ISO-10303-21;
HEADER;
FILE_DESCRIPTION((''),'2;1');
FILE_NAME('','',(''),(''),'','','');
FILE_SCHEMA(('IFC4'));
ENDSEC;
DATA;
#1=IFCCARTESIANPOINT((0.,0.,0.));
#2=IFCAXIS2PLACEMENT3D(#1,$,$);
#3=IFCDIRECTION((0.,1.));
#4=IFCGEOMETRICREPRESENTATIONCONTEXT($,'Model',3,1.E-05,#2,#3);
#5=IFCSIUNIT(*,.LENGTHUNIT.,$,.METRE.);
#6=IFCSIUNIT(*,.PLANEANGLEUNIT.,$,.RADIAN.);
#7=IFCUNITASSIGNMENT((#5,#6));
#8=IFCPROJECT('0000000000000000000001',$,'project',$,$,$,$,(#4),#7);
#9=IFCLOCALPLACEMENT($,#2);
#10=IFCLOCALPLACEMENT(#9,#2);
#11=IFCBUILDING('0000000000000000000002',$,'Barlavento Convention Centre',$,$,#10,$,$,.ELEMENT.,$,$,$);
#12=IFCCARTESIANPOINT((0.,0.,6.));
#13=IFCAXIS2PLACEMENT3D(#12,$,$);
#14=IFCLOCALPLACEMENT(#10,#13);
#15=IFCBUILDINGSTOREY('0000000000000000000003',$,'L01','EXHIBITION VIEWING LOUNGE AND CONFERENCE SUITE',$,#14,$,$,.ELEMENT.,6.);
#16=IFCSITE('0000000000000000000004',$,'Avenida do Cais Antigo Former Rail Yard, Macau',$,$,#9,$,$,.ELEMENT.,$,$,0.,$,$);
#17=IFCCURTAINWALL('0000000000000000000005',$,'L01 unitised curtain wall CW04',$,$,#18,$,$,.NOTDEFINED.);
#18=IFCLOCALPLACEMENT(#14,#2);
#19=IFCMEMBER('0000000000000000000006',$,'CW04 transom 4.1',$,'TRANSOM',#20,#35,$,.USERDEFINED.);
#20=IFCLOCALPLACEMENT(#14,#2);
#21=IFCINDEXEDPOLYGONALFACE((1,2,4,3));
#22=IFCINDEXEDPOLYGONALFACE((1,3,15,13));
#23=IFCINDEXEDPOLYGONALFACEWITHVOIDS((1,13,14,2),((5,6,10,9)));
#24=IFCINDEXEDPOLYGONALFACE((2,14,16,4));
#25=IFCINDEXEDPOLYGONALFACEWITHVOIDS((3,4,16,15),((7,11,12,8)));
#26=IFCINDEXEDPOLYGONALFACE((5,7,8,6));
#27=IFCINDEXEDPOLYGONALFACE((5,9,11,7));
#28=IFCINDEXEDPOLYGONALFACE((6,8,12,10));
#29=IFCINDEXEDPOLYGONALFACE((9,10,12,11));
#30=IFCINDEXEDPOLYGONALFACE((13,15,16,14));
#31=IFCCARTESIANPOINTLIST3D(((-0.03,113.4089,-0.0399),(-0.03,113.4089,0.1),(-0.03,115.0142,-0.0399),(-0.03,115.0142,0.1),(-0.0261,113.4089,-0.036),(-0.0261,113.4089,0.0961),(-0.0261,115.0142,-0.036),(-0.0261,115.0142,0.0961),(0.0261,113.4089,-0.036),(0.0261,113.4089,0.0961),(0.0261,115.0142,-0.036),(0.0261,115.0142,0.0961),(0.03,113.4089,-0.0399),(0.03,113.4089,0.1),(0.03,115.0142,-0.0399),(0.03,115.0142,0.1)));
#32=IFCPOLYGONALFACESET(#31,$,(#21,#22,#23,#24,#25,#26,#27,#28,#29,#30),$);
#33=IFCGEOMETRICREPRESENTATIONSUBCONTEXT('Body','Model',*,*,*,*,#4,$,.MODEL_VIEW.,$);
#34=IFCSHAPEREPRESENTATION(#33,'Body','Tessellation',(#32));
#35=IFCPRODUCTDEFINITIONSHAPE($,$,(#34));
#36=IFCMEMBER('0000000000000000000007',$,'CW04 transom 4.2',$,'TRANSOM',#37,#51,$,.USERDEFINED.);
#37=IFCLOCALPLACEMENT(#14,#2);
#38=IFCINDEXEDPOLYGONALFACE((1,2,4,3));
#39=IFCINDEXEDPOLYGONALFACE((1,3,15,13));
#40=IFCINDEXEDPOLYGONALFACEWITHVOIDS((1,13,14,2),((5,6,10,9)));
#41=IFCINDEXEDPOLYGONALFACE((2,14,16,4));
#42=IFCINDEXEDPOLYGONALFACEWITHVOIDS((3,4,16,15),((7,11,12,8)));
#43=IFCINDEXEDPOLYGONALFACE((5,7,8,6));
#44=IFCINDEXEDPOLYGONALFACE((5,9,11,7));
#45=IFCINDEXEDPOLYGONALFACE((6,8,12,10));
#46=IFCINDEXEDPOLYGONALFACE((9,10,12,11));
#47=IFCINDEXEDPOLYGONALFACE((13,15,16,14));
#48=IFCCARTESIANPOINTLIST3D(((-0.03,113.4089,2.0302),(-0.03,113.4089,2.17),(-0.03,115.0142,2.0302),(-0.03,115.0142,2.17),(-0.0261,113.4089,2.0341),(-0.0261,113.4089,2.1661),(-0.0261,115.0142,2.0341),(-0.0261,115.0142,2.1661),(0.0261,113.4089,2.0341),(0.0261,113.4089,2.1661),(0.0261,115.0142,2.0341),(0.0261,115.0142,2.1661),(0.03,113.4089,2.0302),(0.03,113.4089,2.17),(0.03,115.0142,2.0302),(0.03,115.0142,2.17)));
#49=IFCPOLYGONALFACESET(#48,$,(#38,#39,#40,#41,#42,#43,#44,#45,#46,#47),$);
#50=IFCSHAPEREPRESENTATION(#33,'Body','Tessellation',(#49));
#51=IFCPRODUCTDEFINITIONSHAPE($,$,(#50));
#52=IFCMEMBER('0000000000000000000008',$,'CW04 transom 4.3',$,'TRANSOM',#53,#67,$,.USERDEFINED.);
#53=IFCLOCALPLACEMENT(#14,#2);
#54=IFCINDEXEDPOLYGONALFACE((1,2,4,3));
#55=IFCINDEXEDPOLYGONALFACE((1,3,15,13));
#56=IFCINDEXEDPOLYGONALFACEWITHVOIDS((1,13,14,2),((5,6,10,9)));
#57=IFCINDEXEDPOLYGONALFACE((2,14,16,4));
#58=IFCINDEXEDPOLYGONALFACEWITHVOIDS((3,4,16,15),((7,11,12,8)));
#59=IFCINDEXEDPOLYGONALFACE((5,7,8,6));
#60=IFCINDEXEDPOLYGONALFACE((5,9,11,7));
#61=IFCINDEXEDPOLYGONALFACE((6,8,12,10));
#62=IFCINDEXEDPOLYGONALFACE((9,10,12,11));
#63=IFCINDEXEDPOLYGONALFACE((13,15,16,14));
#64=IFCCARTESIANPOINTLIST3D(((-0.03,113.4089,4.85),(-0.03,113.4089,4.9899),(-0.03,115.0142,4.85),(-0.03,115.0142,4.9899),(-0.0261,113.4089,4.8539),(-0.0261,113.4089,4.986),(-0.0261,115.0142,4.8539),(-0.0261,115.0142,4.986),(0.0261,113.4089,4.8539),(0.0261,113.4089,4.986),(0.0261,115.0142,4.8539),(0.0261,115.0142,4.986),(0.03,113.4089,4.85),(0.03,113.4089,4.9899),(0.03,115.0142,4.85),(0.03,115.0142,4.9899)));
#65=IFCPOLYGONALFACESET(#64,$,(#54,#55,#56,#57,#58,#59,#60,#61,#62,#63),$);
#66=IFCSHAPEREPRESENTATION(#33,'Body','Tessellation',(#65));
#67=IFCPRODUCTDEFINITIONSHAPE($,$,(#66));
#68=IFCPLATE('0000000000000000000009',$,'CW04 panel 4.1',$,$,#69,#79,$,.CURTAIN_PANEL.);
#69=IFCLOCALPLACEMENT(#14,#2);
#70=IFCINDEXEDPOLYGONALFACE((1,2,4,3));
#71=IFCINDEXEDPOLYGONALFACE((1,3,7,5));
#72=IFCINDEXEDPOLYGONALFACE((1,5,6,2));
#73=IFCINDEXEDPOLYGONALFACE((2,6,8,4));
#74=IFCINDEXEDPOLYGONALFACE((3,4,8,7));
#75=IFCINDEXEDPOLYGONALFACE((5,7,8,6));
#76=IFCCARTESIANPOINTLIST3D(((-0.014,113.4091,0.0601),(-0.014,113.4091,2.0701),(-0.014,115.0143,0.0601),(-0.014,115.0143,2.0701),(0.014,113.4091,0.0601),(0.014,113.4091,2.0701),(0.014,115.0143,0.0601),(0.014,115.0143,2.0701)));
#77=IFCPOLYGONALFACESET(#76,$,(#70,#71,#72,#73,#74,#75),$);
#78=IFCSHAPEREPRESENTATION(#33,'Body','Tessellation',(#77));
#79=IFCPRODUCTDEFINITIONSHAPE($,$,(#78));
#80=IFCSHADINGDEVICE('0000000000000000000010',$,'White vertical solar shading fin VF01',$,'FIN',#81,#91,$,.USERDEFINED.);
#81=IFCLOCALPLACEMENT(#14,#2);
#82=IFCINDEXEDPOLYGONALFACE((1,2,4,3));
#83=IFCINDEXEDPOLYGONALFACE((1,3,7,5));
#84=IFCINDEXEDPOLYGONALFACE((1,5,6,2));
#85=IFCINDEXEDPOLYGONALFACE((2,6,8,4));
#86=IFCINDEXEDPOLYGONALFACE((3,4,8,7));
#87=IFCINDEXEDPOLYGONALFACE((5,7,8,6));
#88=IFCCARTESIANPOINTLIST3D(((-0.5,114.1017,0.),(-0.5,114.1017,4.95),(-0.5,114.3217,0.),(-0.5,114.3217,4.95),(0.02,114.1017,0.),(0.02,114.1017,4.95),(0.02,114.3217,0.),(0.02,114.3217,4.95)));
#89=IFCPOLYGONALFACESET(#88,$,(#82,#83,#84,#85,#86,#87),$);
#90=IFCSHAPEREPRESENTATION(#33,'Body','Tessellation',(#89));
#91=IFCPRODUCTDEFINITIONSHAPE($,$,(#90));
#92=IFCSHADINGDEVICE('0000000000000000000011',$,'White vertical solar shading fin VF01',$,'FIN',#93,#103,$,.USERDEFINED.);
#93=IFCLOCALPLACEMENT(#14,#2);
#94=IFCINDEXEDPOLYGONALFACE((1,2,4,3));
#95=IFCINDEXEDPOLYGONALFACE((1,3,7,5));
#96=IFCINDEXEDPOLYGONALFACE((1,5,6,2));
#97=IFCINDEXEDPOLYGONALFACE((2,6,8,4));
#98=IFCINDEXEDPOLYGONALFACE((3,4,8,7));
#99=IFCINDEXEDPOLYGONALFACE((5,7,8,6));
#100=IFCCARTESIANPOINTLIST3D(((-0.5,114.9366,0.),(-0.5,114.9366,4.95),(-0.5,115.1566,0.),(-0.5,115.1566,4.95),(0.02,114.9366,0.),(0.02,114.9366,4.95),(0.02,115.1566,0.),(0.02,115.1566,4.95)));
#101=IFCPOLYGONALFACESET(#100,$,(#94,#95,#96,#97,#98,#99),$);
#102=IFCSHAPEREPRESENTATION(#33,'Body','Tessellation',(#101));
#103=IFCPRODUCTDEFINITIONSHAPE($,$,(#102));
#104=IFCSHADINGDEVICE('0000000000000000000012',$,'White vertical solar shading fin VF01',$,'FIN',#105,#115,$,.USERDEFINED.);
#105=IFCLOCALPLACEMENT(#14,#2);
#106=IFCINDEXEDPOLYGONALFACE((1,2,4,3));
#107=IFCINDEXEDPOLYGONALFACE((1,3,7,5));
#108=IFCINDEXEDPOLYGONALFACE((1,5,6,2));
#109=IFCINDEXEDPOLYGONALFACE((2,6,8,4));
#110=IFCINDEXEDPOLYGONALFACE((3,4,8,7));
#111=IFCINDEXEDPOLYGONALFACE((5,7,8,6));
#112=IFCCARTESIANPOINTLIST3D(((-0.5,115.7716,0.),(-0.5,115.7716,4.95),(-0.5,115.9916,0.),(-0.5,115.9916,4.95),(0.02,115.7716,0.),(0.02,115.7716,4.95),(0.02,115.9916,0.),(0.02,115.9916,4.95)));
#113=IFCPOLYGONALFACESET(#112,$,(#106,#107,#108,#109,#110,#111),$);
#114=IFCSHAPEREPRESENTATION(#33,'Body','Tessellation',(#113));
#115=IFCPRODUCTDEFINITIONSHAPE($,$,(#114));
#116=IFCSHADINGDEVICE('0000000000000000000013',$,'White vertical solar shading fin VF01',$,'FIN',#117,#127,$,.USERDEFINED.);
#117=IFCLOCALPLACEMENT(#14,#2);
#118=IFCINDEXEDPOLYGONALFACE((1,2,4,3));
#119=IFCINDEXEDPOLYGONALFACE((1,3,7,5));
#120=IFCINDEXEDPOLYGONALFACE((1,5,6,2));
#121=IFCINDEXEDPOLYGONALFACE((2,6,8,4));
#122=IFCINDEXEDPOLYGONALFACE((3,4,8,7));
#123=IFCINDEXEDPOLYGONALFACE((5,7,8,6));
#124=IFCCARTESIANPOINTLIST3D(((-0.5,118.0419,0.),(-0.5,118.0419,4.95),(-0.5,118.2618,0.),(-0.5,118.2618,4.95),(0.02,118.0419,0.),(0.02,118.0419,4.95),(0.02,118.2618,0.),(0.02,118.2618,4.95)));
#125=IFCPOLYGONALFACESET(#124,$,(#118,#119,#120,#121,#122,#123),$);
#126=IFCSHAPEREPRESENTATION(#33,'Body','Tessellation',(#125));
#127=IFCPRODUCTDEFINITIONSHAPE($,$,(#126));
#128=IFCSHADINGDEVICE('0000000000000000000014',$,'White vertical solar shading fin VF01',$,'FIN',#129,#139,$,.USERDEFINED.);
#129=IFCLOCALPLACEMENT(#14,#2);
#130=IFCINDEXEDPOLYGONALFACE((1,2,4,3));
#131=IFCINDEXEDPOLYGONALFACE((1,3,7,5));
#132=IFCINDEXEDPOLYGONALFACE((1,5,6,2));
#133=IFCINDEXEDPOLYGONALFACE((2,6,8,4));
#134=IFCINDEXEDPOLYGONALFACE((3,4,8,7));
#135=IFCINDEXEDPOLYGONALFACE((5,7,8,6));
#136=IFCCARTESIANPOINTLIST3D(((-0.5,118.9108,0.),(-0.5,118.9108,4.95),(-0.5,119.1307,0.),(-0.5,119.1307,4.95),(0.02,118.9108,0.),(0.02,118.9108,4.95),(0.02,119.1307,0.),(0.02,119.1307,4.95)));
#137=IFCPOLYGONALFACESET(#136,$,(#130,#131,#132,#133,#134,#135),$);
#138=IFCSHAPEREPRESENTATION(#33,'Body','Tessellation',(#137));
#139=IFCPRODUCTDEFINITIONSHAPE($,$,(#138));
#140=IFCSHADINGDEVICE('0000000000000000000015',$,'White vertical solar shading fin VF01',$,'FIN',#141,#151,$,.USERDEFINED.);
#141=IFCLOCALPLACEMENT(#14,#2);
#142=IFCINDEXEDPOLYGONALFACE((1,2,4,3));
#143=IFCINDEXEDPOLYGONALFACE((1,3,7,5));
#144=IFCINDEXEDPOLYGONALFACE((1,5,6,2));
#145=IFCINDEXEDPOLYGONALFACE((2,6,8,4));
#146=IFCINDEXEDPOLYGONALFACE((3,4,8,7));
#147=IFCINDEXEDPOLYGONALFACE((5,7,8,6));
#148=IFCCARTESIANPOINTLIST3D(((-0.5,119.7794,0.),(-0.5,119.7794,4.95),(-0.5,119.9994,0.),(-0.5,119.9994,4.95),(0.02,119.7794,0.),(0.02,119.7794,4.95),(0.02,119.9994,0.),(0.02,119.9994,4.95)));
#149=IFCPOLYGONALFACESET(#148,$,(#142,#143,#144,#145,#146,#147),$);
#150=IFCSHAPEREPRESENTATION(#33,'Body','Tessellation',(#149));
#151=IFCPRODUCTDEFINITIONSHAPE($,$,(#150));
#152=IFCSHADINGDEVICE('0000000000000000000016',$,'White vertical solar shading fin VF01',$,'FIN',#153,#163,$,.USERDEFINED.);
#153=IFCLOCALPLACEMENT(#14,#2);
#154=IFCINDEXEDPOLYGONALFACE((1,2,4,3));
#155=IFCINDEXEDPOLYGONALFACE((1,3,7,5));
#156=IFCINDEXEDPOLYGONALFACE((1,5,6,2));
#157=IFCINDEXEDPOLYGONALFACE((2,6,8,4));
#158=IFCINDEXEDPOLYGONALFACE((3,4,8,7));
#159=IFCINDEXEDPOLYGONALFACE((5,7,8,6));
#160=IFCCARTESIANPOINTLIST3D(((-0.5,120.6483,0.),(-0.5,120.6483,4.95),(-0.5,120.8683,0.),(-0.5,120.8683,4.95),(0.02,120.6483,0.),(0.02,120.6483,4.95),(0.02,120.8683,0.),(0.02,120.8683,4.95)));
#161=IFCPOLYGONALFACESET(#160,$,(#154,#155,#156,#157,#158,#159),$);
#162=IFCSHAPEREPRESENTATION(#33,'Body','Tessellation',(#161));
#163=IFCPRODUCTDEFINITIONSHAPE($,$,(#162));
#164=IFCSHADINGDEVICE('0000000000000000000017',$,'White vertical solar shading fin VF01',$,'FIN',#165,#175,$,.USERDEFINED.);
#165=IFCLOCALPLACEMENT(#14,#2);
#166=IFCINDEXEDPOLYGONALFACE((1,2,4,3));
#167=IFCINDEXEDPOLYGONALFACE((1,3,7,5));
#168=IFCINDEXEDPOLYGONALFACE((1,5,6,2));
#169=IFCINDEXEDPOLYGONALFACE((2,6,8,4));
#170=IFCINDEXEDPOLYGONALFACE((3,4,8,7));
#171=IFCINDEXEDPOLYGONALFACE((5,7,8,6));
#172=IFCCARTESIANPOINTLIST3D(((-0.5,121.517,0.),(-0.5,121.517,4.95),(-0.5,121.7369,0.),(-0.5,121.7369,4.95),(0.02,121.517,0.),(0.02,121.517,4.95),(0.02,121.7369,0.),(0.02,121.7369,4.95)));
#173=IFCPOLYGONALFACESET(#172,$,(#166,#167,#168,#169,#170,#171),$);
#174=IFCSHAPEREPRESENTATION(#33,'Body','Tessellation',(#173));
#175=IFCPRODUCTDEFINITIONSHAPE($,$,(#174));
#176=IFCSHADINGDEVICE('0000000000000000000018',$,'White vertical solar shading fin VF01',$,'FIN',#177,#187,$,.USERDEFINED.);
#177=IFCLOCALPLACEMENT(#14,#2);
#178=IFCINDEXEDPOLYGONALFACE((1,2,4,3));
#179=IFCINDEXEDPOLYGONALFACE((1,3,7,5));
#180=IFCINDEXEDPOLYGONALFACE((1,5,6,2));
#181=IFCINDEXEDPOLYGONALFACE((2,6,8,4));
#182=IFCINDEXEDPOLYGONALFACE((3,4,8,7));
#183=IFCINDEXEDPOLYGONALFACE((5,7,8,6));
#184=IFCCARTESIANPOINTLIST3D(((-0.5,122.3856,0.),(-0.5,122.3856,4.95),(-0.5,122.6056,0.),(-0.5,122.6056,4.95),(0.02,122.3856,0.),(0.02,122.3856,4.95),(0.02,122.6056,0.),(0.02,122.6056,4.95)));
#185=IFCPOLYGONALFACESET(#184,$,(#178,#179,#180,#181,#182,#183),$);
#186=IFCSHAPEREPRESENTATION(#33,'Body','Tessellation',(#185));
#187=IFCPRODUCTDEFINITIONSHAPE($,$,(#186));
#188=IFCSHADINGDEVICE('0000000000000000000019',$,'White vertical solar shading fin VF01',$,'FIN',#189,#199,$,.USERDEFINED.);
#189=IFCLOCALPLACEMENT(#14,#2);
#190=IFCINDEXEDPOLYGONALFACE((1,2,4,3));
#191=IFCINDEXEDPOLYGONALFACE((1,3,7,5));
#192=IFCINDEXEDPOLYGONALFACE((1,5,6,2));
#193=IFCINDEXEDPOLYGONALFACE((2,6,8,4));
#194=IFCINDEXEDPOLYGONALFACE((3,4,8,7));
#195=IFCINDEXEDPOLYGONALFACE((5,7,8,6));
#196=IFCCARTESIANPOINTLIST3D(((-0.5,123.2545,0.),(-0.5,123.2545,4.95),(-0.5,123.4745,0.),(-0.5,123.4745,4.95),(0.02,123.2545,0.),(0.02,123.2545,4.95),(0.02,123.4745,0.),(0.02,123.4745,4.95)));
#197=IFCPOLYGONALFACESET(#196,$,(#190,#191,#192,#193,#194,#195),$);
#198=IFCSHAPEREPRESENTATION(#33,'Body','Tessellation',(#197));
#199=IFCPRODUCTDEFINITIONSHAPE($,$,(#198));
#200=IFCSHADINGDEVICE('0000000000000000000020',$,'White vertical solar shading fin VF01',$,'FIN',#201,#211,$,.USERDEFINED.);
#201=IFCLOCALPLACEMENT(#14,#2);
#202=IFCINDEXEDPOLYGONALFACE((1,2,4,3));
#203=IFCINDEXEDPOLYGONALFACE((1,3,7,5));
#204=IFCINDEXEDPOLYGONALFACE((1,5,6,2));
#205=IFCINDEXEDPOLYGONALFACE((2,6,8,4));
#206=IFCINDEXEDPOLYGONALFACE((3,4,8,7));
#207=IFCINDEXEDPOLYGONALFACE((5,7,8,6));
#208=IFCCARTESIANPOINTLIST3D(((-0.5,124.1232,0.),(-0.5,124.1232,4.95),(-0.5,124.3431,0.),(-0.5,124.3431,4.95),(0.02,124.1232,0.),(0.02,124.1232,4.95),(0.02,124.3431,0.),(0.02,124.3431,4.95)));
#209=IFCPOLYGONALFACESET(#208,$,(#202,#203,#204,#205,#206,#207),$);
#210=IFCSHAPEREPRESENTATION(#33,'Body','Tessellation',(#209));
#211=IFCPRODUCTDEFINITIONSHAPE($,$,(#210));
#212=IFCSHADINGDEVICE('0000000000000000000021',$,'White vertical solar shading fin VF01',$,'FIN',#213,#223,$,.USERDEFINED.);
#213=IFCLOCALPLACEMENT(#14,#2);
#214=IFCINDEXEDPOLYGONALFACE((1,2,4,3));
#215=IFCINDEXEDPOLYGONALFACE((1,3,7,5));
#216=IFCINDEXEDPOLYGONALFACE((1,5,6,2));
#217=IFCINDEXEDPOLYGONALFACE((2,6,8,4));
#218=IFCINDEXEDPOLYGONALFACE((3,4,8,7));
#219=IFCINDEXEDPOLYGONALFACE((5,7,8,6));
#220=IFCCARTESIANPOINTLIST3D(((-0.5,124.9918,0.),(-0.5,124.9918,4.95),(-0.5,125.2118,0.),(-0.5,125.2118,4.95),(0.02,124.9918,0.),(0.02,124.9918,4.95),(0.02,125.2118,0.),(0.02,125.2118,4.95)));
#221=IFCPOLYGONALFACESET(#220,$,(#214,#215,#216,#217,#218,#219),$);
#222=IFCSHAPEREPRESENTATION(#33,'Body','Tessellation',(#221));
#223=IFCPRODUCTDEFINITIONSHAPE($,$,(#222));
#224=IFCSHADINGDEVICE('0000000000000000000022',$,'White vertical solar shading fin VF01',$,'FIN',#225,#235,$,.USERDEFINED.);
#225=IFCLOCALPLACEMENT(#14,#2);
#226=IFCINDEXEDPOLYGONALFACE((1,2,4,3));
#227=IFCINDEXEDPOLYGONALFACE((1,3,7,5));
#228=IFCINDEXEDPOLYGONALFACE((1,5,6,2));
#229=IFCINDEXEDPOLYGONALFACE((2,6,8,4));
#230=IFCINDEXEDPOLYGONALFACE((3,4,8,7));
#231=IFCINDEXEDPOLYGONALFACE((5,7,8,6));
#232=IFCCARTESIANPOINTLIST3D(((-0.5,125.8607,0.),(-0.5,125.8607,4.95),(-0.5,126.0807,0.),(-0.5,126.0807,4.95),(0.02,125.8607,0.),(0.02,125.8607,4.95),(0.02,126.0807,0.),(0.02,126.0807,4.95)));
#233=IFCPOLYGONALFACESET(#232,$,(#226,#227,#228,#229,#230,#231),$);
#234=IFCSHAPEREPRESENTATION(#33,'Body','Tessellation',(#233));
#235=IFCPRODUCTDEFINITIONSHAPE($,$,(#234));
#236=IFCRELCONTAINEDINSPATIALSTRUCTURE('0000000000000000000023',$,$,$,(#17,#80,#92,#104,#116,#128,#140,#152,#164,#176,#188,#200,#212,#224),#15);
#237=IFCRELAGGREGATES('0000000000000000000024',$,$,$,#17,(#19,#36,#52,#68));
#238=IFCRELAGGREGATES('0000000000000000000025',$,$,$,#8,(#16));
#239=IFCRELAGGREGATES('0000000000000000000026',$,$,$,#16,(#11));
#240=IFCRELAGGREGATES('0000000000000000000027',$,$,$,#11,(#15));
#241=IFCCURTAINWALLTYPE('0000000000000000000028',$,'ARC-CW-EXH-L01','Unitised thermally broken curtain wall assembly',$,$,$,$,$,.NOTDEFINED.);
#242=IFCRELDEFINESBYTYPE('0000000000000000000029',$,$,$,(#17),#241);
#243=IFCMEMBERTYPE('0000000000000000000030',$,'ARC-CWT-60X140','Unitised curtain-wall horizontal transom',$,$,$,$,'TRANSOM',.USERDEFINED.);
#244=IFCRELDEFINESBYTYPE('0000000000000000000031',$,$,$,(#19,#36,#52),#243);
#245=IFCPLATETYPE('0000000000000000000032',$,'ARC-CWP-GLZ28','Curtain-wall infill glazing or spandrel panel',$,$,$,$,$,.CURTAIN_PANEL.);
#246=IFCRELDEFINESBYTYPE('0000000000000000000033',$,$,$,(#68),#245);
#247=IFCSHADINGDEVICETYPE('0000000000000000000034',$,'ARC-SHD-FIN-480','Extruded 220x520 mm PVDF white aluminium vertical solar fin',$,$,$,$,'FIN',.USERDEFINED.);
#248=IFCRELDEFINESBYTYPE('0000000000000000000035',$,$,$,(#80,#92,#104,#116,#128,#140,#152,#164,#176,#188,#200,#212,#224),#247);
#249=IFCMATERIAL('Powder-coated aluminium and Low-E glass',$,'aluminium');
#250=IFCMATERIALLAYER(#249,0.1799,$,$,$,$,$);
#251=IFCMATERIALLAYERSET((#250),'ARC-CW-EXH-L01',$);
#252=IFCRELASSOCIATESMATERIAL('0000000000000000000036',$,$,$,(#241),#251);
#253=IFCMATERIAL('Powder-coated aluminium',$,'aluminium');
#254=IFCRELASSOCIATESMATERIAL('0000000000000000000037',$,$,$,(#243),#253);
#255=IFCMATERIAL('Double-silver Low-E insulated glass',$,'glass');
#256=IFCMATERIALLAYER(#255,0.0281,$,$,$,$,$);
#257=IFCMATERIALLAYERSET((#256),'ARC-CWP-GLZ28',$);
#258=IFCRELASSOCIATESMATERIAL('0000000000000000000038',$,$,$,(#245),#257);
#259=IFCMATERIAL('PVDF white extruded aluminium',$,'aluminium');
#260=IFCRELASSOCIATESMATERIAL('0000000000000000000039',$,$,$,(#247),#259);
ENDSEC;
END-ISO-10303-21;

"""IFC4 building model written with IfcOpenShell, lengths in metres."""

from ifc_helpers import new_model, si_unit, direction, frame, origin, origin_2d, place, context, subcontext, project, spatial, rectangle, hollow_rectangle, extrude, material, layer, layer_set, material_profile, profile_set, type_object, element, aggregate, save


model = new_model("IFC4")

# Units and contexts
model_context = context("Model", 3, precision=1e-05, world=origin(), true_north=direction((0.0, 1.0)))
body_context = subcontext(model_context, "Body", "Model", "MODEL_VIEW")
ifc_project = project(units=[si_unit("LENGTHUNIT", "METRE"), si_unit("PLANEANGLEUNIT", "RADIAN")], contexts=[model_context])

# Site, building, storey
site_placement = place(None, origin())
site = spatial("IfcSite", under=ifc_project, at=site_placement, Name="Avenida do Cais Antigo Former Rail Yard, Macau", CompositionType="ELEMENT", RefElevation=0.0)
building_placement = place(site_placement, origin())
building = spatial("IfcBuilding", under=site, at=building_placement, Name="Barlavento Convention Centre", CompositionType="ELEMENT")
storey_placement = place(building_placement, frame((0.0, 0.0, 6.0)))
storey = spatial("IfcBuildingStorey", under=building, at=storey_placement, Name="L01", Description="EXHIBITION VIEWING LOUNGE AND CONFERENCE SUITE", CompositionType="ELEMENT", Elevation=6.0)

# Curtain wall, members, plate
ifc_material_1 = material(Name="Powder-coated aluminium and Low-E glass", Category="aluminium")
ifc_layer_1 = layer(ifc_material_1, 0.1799)
ifc_layer_set_1 = layer_set([ifc_layer_1], Name="ARC-CW-EXH-L01")
curtain_wall_type = type_object("IfcCurtainWallType", Name="ARC-CW-EXH-L01", Description="Unitised thermally broken curtain wall assembly", PredefinedType="NOTDEFINED", material=ifc_layer_set_1)
curtain_wall_placement = place(storey_placement, origin())
curtain_wall = element("IfcCurtainWall", 1, at=curtain_wall_placement, inside=storey, type_object=curtain_wall_type, Name="L01 unitised curtain wall CW04", PredefinedType="NOTDEFINED")
ifc_material_2 = material(Name="Powder-coated aluminium", Category="aluminium")
ifc_material_profile = material_profile(ifc_material_2, hollow_rectangle(XDim=0.0601, YDim=0.1399, WallThickness=0.0039, at=origin_2d()), Name="AL-TRAN 60x140x4")
ifc_profile_set = profile_set([ifc_material_profile], Name="Powder-coated aluminium")
member_type = type_object("IfcMemberType", Name="ARC-CWT-60X140", Description="Unitised curtain-wall horizontal transom", ElementType="TRANSOM", PredefinedType="USERDEFINED", material=ifc_profile_set)
member_1_placement = place(storey_placement, frame((0.0, 113.4089, 0.03), z_axis=(0.0, 1.0, 0.0), x_axis=(-1.0, 0.0, 0.0)))
member_1 = element("IfcMember", 2, at=member_1_placement, type_object=member_type, Name="CW04 transom 4.1", ObjectType="TRANSOM", PredefinedType="USERDEFINED", context=body_context, shape_type="SweptSolid", body=[
    extrude(hollow_rectangle(XDim=0.0601, YDim=0.1399, WallThickness=0.0039, at=origin_2d()), origin(), (0.0, 0.0, 1.0), 1.6052),
])
member_2_placement = place(storey_placement, frame((0.0, 113.4089, 2.1001), z_axis=(0.0, 1.0, 0.0), x_axis=(-1.0, 0.0, 0.0)))
member_2 = element("IfcMember", 3, at=member_2_placement, type_object=member_type, Name="CW04 transom 4.2", ObjectType="TRANSOM", PredefinedType="USERDEFINED", context=body_context, shape_type="SweptSolid", body=[
    extrude(hollow_rectangle(XDim=0.0601, YDim=0.1399, WallThickness=0.0039, at=origin_2d()), origin(), (0.0, 0.0, 1.0), 1.6052),
])
member_3_placement = place(storey_placement, frame((0.0, 113.4089, 4.9199), z_axis=(0.0, 1.0, 0.0), x_axis=(-1.0, 0.0, 0.0)))
member_3 = element("IfcMember", 4, at=member_3_placement, type_object=member_type, Name="CW04 transom 4.3", ObjectType="TRANSOM", PredefinedType="USERDEFINED", context=body_context, shape_type="SweptSolid", body=[
    extrude(hollow_rectangle(XDim=0.0601, YDim=0.1399, WallThickness=0.0039, at=origin_2d()), origin(), (0.0, 0.0, 1.0), 1.6052),
])
ifc_material_3 = material(Name="Double-silver Low-E insulated glass", Category="glass")
ifc_layer_2 = layer(ifc_material_3, 0.0281)
ifc_layer_set_2 = layer_set([ifc_layer_2], Name="ARC-CWP-GLZ28")
plate_type = type_object("IfcPlateType", Name="ARC-CWP-GLZ28", Description="Curtain-wall infill glazing or spandrel panel", PredefinedType="CURTAIN_PANEL", material=ifc_layer_set_2)
plate_placement = place(storey_placement, frame((0.0, 114.2117, 0.0601), z_axis=(0.0, 0.0, 1.0), x_axis=(0.0, 1.0, 0.0)))
plate = element("IfcPlate", 5, at=plate_placement, type_object=plate_type, Name="CW04 panel 4.1", PredefinedType="CURTAIN_PANEL", context=body_context, shape_type="SweptSolid", body=[
    extrude(rectangle(XDim=1.6052, YDim=0.0281, at=origin_2d()), origin(), (0.0, 0.0, 1.0), 2.01),
])
aggregate(curtain_wall, [member_1, member_2, member_3, plate])

# Shading devices
ifc_material_4 = material(Name="PVDF white extruded aluminium", Category="aluminium")
shading_device_type = type_object("IfcShadingDeviceType", Name="ARC-SHD-FIN-480", Description="Extruded 220x520 mm PVDF white aluminium vertical solar fin", ElementType="FIN", PredefinedType="USERDEFINED", material=ifc_material_4)
for number, where, z_axis, x_axis, name in (
    (6, (-0.24, 114.2117, 0.0), (0.0, 0.0, 1.0), (0.0, 1.0, 0.0), "White vertical solar shading fin VF01"),
    (7, (-0.24, 115.0466, 0.0), (0.0, 0.0, 1.0), (0.0, 1.0, 0.0), "White vertical solar shading fin VF01"),
    (8, (-0.24, 115.8816, 0.0), (0.0, 0.0, 1.0), (0.0, 1.0, 0.0), "White vertical solar shading fin VF01"),
    (9, (-0.24, 118.1519, 0.0), (0.0, 0.0, 1.0), (0.0, 1.0, 0.0), "White vertical solar shading fin VF01"),
    (10, (-0.24, 119.0208, 0.0), (0.0, 0.0, 1.0), (0.0, 1.0, 0.0), "White vertical solar shading fin VF01"),
    (11, (-0.24, 119.8894, 0.0), (0.0, 0.0, 1.0), (0.0, 1.0, 0.0), "White vertical solar shading fin VF01"),
    (12, (-0.24, 120.7583, 0.0), (0.0, 0.0, 1.0), (0.0, 1.0, 0.0), "White vertical solar shading fin VF01"),
    (13, (-0.24, 121.627, 0.0), (0.0, 0.0, 1.0), (0.0, 1.0, 0.0), "White vertical solar shading fin VF01"),
    (14, (-0.24, 122.4956, 0.0), (0.0, 0.0, 1.0), (0.0, 1.0, 0.0), "White vertical solar shading fin VF01"),
    (15, (-0.24, 123.3645, 0.0), (0.0, 0.0, 1.0), (0.0, 1.0, 0.0), "White vertical solar shading fin VF01"),
    (16, (-0.24, 124.2332, 0.0), (0.0, 0.0, 1.0), (0.0, 1.0, 0.0), "White vertical solar shading fin VF01"),
    (17, (-0.24, 125.1018, 0.0), (0.0, 0.0, 1.0), (0.0, 1.0, 0.0), "White vertical solar shading fin VF01"),
    (18, (-0.24, 125.9707, 0.0), (0.0, 0.0, 1.0), (0.0, 1.0, 0.0), "White vertical solar shading fin VF01"),
):
    element("IfcShadingDevice", number, at=place(storey_placement, frame(where, z_axis=z_axis, x_axis=x_axis)), inside=storey, type_object=shading_device_type, Name=name, ObjectType="FIN", PredefinedType="USERDEFINED", context=body_context, shape_type="SweptSolid", body=[
        extrude(rectangle(XDim=0.22, YDim=0.52, at=origin_2d()), origin(), (0.0, 0.0, 1.0), 4.95),
    ])

save(model, "model.ifc")
